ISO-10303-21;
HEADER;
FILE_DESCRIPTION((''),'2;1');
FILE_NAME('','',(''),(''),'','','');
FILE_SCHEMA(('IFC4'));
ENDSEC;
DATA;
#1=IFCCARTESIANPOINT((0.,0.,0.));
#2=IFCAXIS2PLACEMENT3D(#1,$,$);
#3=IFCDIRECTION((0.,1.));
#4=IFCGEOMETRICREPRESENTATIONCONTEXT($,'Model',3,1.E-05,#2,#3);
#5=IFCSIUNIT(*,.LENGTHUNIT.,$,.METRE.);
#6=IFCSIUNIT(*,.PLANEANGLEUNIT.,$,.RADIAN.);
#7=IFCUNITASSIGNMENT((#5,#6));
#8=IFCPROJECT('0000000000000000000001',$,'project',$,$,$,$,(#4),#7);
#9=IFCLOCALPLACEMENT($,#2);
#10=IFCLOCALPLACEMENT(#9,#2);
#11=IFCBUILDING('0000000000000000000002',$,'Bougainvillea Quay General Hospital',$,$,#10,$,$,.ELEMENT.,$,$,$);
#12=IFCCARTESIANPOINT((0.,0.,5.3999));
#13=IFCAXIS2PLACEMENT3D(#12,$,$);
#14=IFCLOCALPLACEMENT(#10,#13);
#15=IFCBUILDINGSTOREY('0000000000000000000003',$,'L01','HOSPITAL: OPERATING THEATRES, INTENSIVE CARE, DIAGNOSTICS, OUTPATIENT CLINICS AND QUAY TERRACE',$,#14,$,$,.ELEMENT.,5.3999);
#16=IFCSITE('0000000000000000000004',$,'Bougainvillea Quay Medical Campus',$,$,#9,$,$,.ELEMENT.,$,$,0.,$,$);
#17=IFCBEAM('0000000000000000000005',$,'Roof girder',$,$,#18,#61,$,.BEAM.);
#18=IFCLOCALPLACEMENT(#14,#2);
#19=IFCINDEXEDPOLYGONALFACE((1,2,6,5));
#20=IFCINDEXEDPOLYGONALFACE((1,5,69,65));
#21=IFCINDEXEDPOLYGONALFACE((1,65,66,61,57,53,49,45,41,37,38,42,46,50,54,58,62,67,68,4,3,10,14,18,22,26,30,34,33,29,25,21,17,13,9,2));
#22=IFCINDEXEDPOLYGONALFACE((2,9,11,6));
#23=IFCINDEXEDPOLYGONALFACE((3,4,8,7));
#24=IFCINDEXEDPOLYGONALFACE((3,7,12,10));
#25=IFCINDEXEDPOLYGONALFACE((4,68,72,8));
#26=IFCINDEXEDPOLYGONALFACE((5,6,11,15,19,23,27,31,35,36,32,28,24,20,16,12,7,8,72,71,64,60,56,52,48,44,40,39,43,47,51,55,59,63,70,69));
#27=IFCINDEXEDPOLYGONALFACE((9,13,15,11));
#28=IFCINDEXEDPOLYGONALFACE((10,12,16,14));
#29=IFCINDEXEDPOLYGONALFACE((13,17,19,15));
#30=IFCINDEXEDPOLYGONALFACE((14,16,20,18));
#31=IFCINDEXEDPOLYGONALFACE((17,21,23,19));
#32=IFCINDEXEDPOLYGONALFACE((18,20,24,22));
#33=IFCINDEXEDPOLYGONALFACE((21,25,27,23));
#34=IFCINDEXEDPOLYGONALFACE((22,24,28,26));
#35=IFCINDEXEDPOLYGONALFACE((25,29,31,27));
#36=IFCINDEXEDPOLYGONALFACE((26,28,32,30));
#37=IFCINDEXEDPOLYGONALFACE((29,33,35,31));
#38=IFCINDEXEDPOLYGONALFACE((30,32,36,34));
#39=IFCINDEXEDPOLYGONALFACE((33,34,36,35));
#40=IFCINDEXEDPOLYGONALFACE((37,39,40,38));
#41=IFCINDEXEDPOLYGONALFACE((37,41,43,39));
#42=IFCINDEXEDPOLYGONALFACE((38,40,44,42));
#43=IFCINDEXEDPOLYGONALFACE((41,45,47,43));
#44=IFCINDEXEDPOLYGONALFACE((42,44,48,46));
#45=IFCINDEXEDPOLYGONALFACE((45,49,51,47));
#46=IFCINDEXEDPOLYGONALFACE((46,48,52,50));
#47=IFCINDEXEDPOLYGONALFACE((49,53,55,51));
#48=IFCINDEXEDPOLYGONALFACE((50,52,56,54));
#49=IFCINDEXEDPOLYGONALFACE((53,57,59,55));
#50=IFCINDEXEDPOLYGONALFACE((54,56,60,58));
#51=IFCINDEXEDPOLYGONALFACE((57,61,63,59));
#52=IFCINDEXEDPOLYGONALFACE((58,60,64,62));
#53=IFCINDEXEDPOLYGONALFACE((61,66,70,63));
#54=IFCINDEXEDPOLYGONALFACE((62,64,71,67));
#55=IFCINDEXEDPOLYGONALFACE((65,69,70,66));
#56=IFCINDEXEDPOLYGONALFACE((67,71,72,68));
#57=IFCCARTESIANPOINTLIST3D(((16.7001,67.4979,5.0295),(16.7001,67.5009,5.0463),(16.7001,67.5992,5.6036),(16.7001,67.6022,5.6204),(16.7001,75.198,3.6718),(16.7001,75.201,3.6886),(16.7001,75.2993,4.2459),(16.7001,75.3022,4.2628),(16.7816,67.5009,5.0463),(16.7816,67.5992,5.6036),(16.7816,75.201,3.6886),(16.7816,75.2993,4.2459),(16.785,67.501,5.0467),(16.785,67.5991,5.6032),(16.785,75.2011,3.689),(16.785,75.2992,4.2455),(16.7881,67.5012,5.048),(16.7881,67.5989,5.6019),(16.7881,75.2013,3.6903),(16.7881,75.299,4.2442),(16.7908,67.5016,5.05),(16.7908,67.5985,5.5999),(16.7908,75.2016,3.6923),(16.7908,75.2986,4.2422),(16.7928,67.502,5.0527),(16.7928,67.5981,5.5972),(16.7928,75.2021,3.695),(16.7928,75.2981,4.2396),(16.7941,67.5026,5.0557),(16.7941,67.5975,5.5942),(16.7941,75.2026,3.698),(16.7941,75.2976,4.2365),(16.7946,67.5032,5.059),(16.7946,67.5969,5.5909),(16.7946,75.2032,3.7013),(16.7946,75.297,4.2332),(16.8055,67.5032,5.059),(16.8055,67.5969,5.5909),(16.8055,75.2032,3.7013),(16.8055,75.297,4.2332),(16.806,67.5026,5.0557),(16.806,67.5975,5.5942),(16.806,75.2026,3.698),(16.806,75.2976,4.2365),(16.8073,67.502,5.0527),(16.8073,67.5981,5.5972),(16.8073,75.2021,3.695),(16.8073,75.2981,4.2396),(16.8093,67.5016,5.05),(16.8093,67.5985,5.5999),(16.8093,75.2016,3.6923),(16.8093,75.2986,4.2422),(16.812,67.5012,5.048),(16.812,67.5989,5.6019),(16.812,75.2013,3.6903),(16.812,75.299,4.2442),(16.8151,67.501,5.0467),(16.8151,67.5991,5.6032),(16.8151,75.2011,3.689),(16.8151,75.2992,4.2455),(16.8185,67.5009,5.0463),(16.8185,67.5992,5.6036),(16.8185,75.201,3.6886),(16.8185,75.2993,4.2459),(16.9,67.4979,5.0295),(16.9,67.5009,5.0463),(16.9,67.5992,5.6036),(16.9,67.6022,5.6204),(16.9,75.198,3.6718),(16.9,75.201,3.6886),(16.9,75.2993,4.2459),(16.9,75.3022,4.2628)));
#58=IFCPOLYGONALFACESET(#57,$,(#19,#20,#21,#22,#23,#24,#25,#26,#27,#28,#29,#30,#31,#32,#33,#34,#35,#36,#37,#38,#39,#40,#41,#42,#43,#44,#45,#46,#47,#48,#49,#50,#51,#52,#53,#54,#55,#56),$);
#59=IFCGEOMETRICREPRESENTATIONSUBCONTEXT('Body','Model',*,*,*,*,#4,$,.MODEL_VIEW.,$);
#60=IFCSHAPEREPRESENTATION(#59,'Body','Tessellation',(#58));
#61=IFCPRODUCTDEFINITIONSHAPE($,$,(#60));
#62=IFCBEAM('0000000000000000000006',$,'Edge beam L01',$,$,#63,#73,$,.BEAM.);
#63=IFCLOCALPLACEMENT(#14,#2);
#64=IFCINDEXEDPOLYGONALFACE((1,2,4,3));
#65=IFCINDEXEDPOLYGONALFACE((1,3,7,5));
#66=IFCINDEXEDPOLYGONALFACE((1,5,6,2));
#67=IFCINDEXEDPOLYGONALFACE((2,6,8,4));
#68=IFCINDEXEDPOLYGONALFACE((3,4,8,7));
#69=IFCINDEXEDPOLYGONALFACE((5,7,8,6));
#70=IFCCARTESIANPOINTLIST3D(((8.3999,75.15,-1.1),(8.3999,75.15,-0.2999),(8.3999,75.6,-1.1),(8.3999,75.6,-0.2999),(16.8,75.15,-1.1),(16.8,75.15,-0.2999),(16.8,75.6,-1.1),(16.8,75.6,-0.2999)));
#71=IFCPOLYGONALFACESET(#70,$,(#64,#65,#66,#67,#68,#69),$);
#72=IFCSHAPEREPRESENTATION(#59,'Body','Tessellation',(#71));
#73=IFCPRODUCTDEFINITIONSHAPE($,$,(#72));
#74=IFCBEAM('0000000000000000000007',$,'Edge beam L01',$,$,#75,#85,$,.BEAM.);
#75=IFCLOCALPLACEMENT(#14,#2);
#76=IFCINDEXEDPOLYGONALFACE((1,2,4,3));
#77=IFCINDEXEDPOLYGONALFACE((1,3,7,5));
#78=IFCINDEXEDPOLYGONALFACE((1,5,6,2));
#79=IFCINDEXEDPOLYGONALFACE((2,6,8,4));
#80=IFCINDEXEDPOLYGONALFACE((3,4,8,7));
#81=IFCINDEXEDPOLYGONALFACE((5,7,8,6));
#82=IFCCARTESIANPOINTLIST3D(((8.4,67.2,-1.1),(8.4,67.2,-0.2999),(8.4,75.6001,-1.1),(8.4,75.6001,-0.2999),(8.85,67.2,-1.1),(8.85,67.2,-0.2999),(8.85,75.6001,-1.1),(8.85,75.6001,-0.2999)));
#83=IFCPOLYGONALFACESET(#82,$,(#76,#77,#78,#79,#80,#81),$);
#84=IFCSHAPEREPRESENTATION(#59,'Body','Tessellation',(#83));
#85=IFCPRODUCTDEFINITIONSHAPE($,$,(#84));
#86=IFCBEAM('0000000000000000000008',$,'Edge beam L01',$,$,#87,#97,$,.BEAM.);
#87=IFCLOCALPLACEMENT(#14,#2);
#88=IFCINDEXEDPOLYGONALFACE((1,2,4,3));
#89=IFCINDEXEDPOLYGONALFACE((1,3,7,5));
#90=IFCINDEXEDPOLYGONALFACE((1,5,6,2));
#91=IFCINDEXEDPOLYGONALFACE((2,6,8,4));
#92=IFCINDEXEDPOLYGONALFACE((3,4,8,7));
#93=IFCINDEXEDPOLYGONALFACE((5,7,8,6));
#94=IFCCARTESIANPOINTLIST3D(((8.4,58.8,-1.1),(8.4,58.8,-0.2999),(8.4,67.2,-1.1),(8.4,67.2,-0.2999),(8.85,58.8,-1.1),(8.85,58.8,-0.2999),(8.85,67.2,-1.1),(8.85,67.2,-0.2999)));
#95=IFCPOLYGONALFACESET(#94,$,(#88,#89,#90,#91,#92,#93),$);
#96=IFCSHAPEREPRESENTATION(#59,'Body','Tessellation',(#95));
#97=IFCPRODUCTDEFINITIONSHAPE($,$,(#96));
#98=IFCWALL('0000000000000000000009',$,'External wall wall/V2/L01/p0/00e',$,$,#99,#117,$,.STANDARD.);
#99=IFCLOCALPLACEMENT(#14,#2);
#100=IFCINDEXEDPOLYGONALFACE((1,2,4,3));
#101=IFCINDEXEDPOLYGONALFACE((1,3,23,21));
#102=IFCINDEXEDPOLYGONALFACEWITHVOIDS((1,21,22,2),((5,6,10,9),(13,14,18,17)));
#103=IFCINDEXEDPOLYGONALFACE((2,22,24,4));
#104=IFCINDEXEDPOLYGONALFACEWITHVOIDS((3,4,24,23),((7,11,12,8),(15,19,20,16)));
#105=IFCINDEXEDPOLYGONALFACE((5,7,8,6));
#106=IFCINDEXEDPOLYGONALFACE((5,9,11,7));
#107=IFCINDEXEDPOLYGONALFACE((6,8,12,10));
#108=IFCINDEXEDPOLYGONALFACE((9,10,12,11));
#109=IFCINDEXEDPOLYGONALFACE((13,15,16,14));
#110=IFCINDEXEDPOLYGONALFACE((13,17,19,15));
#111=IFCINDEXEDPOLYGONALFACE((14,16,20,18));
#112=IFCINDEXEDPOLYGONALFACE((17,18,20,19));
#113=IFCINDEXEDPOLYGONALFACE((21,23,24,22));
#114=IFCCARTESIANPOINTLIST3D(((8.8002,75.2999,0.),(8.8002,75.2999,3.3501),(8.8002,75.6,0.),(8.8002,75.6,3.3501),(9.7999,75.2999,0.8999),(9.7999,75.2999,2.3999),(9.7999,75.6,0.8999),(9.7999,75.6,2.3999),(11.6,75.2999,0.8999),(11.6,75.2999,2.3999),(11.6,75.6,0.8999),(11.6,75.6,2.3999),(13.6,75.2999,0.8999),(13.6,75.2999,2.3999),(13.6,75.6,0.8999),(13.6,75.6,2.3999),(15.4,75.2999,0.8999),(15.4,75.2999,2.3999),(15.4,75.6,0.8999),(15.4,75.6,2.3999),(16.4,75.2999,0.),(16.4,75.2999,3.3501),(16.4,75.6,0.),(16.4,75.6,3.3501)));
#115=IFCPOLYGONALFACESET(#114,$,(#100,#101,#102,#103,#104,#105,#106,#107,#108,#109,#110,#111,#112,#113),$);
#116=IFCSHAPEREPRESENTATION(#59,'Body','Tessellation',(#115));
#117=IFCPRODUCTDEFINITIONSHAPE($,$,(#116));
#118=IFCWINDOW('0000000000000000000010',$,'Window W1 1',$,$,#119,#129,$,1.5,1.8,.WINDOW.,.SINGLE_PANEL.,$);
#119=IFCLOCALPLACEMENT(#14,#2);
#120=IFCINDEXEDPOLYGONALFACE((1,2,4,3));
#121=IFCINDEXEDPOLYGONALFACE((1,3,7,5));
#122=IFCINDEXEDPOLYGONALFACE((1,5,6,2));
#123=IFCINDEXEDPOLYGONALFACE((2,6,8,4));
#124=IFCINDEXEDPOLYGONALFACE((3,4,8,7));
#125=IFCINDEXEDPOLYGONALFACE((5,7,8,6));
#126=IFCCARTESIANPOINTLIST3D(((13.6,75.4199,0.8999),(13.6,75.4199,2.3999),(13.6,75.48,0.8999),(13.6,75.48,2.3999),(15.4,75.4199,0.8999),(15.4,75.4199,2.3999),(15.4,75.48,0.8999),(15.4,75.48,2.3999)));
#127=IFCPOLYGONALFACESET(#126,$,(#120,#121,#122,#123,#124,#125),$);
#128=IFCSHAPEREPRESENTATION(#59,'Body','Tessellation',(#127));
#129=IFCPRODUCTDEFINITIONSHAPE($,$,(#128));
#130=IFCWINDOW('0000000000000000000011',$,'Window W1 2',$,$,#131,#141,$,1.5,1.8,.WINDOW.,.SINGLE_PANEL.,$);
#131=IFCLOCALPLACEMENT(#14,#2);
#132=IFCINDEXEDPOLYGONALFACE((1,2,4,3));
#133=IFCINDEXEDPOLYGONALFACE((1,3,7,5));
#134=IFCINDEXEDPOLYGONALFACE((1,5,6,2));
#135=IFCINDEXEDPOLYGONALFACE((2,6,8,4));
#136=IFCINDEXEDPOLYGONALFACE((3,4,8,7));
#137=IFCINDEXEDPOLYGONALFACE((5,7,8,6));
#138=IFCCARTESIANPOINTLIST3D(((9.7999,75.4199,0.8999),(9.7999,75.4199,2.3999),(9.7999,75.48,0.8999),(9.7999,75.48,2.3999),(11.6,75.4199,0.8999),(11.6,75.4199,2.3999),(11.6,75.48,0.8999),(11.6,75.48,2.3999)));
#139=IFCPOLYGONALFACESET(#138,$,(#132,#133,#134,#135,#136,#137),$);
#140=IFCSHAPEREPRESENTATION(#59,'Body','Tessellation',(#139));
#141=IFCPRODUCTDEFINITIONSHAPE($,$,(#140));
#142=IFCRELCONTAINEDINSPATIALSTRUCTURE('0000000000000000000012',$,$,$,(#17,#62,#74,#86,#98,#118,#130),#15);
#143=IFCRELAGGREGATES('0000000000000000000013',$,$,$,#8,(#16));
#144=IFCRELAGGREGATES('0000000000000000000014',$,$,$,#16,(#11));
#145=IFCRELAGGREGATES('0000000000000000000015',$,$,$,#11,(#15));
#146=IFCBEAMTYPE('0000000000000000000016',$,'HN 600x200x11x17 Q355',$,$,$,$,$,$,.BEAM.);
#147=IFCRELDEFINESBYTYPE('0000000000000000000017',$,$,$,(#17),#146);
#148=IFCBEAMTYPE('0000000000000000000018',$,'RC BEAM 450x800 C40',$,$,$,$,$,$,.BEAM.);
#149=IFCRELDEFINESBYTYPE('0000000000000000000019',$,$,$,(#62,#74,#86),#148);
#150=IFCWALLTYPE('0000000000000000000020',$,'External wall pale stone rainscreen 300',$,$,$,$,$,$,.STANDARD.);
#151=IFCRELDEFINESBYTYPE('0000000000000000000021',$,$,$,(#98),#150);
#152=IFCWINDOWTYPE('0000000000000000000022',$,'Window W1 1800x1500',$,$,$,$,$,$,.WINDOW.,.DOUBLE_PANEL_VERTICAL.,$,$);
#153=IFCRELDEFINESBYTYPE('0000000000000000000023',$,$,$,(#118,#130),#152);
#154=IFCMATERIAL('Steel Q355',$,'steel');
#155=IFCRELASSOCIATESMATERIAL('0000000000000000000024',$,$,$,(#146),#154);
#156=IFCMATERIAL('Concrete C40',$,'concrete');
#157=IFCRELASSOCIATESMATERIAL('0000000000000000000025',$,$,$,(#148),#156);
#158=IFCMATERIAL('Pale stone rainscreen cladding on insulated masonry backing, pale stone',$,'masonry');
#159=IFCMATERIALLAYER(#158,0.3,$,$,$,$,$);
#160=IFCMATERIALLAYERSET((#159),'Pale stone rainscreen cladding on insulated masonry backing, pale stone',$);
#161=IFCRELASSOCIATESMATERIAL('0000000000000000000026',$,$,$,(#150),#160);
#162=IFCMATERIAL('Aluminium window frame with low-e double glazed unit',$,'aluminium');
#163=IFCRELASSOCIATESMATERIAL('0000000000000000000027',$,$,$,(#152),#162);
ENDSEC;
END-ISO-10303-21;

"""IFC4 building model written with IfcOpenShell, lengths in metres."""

from ifc_helpers import new_model, si_unit, direction, frame, frame_2d, origin, origin_2d, place, context, subcontext, project, spatial, rectangle, i_section, extrude, material, layer, layer_set, material_profile, profile_set, type_object, element, fill, save


model = new_model("IFC4")

# Units and contexts
model_context = context("Model", 3, precision=1e-05, world=origin(), true_north=direction((0.0, 1.0)))
body_context = subcontext(model_context, "Body", "Model", "MODEL_VIEW")
ifc_project = project(units=[si_unit("LENGTHUNIT", "METRE"), si_unit("PLANEANGLEUNIT", "RADIAN")], contexts=[model_context])

# Site, building, storey
site_placement = place(None, origin())
site = spatial("IfcSite", under=ifc_project, at=site_placement, Name="Bougainvillea Quay Medical Campus", CompositionType="ELEMENT", RefElevation=0.0)
building_placement = place(site_placement, origin())
building = spatial("IfcBuilding", under=site, at=building_placement, Name="Bougainvillea Quay General Hospital", CompositionType="ELEMENT")
storey_placement = place(building_placement, frame((0.0, 0.0, 5.3999)))
storey = spatial("IfcBuildingStorey", under=building, at=storey_placement, Name="L01", Description="HOSPITAL: OPERATING THEATRES, INTENSIVE CARE, DIAGNOSTICS, OUTPATIENT CLINICS AND QUAY TERRACE", CompositionType="ELEMENT", Elevation=5.3999)

# Beams
ifc_material_1 = material(Name="Steel Q355", Category="steel")
ifc_material_profile_1 = material_profile(ifc_material_1, i_section(OverallWidth=0.2, OverallDepth=0.6001, WebThickness=0.011, FlangeThickness=0.0171, FilletRadius=0.0129, at=origin_2d()))
ifc_profile_set_1 = profile_set([ifc_material_profile_1], Name="Steel Q355")
beam_type_1 = type_object("IfcBeamType", Name="HN 600x200x11x17 Q355", PredefinedType="BEAM", material=ifc_profile_set_1)
beam_1_placement = place(storey_placement, frame((16.8, 67.55, 5.325), z_axis=(0.0, 0.984809, -0.173643), x_axis=(-1.0, 0.0, 0.0)))
element("IfcBeam", 1, at=beam_1_placement, inside=storey, type_object=beam_type_1, Name="Roof girder", PredefinedType="BEAM", context=body_context, shape_type="SweptSolid", body=[
    extrude(i_section(OverallWidth=0.2, OverallDepth=0.6001, WebThickness=0.011, FlangeThickness=0.0171, FilletRadius=0.0129, at=origin_2d()), origin(), (0.0, 0.0, 1.0), 7.8188),
])
ifc_material_2 = material(Name="Concrete C40", Category="concrete")
ifc_material_profile_2 = material_profile(ifc_material_2, rectangle(XDim=0.45, YDim=0.8, at=origin_2d()))
ifc_profile_set_2 = profile_set([ifc_material_profile_2], Name="Concrete C40")
beam_type_2 = type_object("IfcBeamType", Name="RC BEAM 450x800 C40", PredefinedType="BEAM", material=ifc_profile_set_2)
for number, where, z_axis, x_axis, name in (
    (2, (16.8, 75.375, -0.7), (-1.0, 0.0, 0.0), (0.0, -1.0, 0.0), "Edge beam L01"),
    (3, (8.625, 75.6001, -0.7), (0.0, -1.0, 0.0), (1.0, 0.0, 0.0), "Edge beam L01"),
):
    element("IfcBeam", number, at=place(storey_placement, frame(where, z_axis=z_axis, x_axis=x_axis)), inside=storey, type_object=beam_type_2, Name=name, PredefinedType="BEAM", context=body_context, shape_type="SweptSolid", body=[
        extrude(rectangle(XDim=0.45, YDim=0.8, at=origin_2d()), origin(), (0.0, 0.0, 1.0), 8.4001),
    ])
beam_2_placement = place(storey_placement, frame((8.625, 67.2, -0.7), z_axis=(0.0, -1.0, 0.0), x_axis=(1.0, 0.0, 0.0)))
element("IfcBeam", 4, at=beam_2_placement, inside=storey, type_object=beam_type_2, Name="Edge beam L01", PredefinedType="BEAM", context=body_context, shape_type="SweptSolid", body=[
    extrude(rectangle(XDim=0.45, YDim=0.8, at=origin_2d()), origin(), (0.0, 0.0, 1.0), 8.3999),
])

# Wall, openings, windows
ifc_material_3 = material(Name="Pale stone rainscreen cladding on insulated masonry backing, pale stone", Category="masonry")
ifc_layer_1 = layer(ifc_material_3, 0.3)
ifc_layer_set_1 = layer_set([ifc_layer_1], Name="Pale stone rainscreen cladding on insulated masonry backing, pale stone")
wall_type_1 = type_object("IfcWallType", Name="External wall pale stone rainscreen 300", PredefinedType="STANDARD", material=ifc_layer_set_1)
wall_1_placement = place(storey_placement, frame((16.3999, 75.45, 0.0), z_axis=(0.0, 0.0, 1.0), x_axis=(-1.0, 0.0, 0.0)))
wall_1 = element("IfcWall", 5, at=wall_1_placement, inside=storey, type_object=wall_type_1, Name="External wall wall/V2/L01/p0/00e", PredefinedType="STANDARD", context=body_context, shape_type="SweptSolid", body=[
    extrude(rectangle(XDim=7.5999, YDim=0.3, at=frame_2d((3.7998, 0.0))), origin(), (0.0, 0.0, 1.0), 3.3501),
])
opening_1_placement = place(wall_1_placement, frame((1.0, 0.0, 0.8999)))
opening_1 = element("IfcOpeningElement", 6, at=opening_1_placement, cuts=wall_1, PredefinedType="OPENING", context=body_context, shape_type="SweptSolid", body=[
    extrude(rectangle(XDim=1.8, YDim=1.5, at=frame_2d((0.8999, 0.75))), frame((0.0, 0.1599, 0.0), z_axis=(0.0, -1.0, 0.0), x_axis=(1.0, 0.0, 0.0)), (0.0, 0.0, 1.0), 0.3201),
])
opening_2_placement = place(wall_1_placement, frame((4.8, 0.0, 0.8999)))
opening_2 = element("IfcOpeningElement", 7, at=opening_2_placement, cuts=wall_1, PredefinedType="OPENING", context=body_context, shape_type="SweptSolid", body=[
    extrude(rectangle(XDim=1.8, YDim=1.5, at=frame_2d((0.8999, 0.75))), frame((0.0, 0.1599, 0.0), z_axis=(0.0, -1.0, 0.0), x_axis=(1.0, 0.0, 0.0)), (0.0, 0.0, 1.0), 0.3201),
])
ifc_material_4 = material(Name="Aluminium window frame with low-e double glazed unit", Category="aluminium")
window_type = type_object("IfcWindowType", Name="Window W1 1800x1500", PartitioningType="DOUBLE_PANEL_VERTICAL", PredefinedType="WINDOW", material=ifc_material_4)
window_1_placement = place(opening_1_placement, origin())
window_1 = element("IfcWindow", 8, at=window_1_placement, inside=storey, type_object=window_type, Name="Window W1 1", OverallHeight=1.5, OverallWidth=1.8, PartitioningType="SINGLE_PANEL", PredefinedType="WINDOW", context=body_context, shape_type="SweptSolid", body=[
    extrude(rectangle(XDim=1.8, YDim=1.5, at=frame_2d((0.8999, 0.75))), frame((0.0, 0.03, 0.0), z_axis=(0.0, -1.0, 0.0), x_axis=(1.0, 0.0, 0.0)), (0.0, 0.0, 1.0), 0.0601),
])
fill(opening_1, window_1)
window_2_placement = place(opening_2_placement, origin())
window_2 = element("IfcWindow", 9, at=window_2_placement, inside=storey, type_object=window_type, Name="Window W1 2", OverallHeight=1.5, OverallWidth=1.8, PartitioningType="SINGLE_PANEL", PredefinedType="WINDOW", context=body_context, shape_type="SweptSolid", body=[
    extrude(rectangle(XDim=1.8, YDim=1.5, at=frame_2d((0.8999, 0.75))), frame((0.0, 0.03, 0.0), z_axis=(0.0, -1.0, 0.0), x_axis=(1.0, 0.0, 0.0)), (0.0, 0.0, 1.0), 0.0601),
])
fill(opening_2, window_2)

save(model, "model.ifc")
